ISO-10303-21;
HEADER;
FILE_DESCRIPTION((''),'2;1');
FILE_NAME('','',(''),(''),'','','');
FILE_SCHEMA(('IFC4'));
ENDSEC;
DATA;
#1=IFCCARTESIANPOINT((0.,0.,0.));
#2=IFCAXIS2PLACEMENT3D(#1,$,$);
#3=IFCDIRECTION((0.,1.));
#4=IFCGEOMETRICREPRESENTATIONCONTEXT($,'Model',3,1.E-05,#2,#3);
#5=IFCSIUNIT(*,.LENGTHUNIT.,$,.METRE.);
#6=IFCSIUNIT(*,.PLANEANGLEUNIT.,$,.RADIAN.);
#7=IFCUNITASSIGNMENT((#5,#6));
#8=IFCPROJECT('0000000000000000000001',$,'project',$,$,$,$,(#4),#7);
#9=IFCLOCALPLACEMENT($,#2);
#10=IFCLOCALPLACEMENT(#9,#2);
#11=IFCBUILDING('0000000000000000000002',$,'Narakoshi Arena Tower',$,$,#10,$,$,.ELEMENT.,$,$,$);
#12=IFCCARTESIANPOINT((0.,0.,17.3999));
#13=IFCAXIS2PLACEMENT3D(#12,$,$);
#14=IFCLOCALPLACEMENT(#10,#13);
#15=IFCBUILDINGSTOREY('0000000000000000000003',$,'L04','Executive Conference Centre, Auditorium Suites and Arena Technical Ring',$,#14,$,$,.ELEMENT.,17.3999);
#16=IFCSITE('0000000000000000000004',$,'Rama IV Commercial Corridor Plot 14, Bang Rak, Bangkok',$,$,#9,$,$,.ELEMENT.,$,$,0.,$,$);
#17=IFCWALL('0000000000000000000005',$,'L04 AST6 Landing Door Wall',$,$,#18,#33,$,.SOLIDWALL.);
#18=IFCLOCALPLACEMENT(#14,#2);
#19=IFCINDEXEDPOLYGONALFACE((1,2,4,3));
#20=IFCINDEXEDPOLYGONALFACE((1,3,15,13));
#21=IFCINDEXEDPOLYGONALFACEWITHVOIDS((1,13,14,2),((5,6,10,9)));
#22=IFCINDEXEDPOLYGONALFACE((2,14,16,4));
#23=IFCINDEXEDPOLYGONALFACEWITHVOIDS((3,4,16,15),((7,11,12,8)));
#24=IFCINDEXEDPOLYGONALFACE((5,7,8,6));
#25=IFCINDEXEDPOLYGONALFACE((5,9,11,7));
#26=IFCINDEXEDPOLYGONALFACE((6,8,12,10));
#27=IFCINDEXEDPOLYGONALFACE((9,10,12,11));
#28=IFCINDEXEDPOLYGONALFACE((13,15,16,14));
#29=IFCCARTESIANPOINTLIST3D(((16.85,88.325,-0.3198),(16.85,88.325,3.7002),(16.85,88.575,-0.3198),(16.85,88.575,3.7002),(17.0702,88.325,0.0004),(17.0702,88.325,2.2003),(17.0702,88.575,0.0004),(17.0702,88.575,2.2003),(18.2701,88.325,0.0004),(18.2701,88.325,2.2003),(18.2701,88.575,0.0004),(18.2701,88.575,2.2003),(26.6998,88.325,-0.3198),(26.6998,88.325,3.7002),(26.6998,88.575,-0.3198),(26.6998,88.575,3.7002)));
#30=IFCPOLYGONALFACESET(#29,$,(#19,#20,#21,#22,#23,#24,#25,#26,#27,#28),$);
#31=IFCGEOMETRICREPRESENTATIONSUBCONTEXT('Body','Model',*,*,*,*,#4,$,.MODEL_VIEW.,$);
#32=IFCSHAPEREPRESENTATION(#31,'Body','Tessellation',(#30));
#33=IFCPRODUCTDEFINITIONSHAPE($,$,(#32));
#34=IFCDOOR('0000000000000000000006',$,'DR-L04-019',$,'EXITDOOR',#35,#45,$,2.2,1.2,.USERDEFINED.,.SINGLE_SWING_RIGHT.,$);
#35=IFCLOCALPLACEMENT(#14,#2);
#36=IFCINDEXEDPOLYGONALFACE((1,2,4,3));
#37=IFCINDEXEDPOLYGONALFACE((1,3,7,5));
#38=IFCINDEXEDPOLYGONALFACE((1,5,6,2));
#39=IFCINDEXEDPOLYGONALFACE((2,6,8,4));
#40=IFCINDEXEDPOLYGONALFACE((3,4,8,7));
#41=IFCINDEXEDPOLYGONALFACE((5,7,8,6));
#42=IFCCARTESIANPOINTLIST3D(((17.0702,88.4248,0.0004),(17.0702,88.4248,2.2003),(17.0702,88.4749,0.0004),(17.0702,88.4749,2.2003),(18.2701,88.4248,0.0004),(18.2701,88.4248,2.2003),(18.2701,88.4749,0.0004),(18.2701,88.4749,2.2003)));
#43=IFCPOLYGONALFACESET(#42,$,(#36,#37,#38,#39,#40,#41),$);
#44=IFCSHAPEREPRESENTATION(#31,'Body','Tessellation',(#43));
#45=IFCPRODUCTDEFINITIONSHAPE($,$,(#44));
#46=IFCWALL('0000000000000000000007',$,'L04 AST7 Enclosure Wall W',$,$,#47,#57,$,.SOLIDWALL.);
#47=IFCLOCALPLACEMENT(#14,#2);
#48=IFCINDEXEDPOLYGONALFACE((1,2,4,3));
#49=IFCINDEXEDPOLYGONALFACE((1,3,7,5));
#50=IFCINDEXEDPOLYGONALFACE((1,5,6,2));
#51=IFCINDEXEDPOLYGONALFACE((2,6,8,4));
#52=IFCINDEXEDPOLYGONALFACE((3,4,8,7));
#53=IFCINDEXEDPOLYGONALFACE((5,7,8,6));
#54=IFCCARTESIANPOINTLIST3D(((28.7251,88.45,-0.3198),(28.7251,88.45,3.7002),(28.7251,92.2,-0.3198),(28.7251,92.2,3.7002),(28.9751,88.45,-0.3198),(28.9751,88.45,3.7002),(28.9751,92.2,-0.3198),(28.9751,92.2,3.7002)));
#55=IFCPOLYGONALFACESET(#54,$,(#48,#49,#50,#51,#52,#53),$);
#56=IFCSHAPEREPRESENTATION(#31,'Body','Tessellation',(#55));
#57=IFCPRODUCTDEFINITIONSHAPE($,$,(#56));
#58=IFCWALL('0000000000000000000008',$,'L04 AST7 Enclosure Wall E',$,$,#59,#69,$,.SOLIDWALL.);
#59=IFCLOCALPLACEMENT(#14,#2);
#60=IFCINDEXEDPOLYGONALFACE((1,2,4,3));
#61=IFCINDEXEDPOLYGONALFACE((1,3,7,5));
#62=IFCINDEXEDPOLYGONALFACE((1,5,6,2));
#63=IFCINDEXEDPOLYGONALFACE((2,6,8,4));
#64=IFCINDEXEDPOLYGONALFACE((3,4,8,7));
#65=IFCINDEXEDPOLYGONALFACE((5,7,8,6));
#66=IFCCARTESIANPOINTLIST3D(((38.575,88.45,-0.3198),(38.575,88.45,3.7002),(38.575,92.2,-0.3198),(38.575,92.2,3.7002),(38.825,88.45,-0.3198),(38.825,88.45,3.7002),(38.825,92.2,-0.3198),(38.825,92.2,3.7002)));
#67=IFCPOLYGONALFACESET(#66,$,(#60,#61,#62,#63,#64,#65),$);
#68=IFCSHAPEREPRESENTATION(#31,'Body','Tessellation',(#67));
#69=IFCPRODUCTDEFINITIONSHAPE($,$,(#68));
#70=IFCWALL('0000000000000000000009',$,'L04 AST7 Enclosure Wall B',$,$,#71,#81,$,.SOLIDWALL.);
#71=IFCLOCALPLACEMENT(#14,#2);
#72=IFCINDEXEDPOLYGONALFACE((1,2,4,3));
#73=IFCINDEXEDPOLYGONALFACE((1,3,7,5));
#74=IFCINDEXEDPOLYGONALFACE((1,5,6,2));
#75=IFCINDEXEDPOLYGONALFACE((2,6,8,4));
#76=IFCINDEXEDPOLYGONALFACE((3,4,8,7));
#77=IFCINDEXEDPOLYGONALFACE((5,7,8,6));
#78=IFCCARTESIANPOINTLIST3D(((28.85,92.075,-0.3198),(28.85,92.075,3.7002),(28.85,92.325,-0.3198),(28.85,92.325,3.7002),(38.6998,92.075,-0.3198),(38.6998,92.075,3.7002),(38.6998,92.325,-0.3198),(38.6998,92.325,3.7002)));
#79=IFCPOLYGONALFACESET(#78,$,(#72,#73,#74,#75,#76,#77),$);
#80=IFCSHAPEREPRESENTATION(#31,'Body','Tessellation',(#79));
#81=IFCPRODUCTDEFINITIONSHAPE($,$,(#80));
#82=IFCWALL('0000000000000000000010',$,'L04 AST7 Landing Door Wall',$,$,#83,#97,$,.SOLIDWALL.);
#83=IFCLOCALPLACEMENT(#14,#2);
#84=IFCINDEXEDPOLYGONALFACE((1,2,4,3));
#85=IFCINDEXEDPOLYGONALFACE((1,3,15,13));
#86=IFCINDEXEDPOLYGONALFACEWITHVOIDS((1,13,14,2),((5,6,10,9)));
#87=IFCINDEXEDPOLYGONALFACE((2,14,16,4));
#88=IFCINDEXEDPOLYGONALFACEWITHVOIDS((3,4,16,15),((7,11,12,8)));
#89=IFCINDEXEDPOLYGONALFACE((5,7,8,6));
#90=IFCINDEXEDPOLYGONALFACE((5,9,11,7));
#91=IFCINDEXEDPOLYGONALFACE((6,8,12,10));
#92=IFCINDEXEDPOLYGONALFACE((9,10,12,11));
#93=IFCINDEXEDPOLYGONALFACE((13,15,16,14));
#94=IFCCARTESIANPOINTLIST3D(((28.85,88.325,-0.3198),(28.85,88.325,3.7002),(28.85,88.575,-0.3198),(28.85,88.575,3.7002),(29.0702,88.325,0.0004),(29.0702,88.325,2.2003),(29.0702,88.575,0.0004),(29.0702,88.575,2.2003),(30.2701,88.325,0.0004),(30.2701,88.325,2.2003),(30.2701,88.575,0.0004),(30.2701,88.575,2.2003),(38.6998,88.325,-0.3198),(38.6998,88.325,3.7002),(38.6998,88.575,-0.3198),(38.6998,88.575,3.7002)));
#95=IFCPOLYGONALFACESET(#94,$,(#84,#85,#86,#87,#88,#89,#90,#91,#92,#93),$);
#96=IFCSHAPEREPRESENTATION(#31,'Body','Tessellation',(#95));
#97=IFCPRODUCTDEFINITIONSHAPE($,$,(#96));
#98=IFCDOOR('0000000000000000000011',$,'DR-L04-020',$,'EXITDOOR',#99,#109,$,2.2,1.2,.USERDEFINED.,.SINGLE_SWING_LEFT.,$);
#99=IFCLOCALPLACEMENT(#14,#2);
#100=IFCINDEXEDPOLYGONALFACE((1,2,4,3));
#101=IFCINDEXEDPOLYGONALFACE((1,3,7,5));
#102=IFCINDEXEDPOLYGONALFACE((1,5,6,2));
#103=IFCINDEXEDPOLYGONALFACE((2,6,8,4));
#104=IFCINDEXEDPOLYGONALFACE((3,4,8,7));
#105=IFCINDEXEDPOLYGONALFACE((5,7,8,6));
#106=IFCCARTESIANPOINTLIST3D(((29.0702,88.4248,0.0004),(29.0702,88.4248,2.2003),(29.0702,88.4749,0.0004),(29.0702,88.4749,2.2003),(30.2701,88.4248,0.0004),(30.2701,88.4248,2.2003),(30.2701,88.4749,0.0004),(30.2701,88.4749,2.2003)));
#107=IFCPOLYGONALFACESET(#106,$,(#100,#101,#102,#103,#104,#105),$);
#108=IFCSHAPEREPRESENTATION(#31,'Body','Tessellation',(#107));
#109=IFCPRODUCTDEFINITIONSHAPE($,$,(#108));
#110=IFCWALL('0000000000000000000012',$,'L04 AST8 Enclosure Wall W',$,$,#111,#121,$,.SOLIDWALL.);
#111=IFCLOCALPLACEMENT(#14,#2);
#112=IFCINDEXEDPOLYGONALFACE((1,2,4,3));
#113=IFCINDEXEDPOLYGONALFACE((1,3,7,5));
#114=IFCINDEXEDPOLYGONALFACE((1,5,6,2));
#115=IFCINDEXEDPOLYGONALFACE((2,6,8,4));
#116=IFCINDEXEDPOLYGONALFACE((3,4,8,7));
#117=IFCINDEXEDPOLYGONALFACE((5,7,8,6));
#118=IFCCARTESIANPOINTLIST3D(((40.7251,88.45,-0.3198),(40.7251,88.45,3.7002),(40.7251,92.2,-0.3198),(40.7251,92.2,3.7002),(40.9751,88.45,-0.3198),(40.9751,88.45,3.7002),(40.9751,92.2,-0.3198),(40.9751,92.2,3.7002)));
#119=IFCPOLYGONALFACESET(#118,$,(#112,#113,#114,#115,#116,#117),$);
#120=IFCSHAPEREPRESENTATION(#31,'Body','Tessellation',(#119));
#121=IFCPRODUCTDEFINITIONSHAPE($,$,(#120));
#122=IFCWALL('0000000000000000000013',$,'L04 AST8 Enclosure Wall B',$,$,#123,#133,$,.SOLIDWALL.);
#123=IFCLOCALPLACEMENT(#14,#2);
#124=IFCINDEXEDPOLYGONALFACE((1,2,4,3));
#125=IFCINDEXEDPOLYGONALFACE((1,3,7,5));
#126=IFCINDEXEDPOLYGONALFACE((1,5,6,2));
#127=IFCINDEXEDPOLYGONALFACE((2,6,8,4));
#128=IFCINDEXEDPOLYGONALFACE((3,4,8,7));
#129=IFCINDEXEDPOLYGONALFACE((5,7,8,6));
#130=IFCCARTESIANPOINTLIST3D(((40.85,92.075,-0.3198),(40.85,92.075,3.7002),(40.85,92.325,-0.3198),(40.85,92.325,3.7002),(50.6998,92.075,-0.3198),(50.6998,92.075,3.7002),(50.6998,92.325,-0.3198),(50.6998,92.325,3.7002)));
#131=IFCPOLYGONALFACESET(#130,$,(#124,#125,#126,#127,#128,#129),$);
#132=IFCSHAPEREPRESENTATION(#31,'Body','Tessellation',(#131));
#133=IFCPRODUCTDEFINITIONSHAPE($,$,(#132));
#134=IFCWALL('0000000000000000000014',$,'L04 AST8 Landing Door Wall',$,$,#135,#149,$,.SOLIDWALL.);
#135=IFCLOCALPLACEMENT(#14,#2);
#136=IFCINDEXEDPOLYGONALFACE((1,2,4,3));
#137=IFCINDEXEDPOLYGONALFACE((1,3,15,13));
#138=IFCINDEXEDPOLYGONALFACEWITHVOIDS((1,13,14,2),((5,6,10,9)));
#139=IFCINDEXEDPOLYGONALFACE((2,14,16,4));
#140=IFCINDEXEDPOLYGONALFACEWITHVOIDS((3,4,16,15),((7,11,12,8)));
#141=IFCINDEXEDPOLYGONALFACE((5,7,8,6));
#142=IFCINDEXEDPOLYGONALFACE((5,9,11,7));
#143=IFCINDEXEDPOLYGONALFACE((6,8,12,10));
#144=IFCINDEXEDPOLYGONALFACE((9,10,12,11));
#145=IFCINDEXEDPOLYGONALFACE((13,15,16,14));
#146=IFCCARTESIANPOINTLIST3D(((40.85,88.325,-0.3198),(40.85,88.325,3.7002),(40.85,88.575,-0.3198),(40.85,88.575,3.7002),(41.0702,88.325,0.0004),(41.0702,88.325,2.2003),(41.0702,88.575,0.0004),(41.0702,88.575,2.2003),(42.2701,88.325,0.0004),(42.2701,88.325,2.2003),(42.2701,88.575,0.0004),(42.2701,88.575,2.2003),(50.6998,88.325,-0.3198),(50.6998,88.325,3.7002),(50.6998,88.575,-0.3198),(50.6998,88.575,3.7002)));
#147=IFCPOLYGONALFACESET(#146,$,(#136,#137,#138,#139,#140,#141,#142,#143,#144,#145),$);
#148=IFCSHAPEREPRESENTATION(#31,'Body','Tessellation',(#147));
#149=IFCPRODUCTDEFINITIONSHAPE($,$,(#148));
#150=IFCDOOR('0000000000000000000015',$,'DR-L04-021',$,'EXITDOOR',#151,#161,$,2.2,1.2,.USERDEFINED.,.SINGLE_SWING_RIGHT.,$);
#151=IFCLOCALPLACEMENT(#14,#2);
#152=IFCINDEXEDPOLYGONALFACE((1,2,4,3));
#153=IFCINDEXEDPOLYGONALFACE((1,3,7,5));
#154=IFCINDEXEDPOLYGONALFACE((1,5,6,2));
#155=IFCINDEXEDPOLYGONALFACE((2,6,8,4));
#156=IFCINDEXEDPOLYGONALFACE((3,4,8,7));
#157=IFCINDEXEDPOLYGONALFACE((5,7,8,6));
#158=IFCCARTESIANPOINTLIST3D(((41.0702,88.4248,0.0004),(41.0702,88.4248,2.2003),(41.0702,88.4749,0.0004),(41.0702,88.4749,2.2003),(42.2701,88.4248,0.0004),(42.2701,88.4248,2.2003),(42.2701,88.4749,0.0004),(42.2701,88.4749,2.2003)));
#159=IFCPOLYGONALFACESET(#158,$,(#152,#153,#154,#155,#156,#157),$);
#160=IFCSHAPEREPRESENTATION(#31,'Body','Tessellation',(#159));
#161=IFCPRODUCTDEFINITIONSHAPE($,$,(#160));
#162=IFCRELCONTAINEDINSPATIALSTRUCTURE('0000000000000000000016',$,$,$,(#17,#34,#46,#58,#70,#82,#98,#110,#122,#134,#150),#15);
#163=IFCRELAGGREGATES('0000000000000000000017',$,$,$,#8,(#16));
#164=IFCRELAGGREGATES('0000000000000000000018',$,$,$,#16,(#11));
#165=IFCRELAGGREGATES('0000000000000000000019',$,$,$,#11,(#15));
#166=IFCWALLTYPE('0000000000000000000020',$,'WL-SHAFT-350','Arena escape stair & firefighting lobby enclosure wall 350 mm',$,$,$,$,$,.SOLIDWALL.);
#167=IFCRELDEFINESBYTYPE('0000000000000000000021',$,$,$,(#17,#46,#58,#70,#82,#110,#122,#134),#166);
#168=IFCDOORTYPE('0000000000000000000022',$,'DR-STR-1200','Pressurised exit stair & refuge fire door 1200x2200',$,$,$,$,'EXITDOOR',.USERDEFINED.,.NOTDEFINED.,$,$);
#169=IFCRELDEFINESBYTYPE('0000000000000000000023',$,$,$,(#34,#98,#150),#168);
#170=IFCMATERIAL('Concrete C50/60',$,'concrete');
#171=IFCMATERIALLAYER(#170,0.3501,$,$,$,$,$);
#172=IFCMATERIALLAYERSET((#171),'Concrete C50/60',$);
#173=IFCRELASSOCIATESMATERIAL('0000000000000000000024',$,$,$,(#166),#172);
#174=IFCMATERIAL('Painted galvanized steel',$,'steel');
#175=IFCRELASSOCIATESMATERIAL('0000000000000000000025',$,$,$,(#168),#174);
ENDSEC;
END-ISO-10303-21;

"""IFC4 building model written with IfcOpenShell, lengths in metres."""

from ifc_helpers import new_model, si_unit, direction, frame, frame_2d, origin, place, context, subcontext, project, spatial, rectangle, extrude, material, layer, layer_set, type_object, element, fill, save


model = new_model("IFC4")

# Units and contexts
model_context = context("Model", 3, precision=1e-05, world=origin(), true_north=direction((0.0, 1.0)))
body_context = subcontext(model_context, "Body", "Model", "MODEL_VIEW")
ifc_project = project(units=[si_unit("LENGTHUNIT", "METRE"), si_unit("PLANEANGLEUNIT", "RADIAN")], contexts=[model_context])

# Site, building, storey
site_placement = place(None, origin())
site = spatial("IfcSite", under=ifc_project, at=site_placement, Name="Rama IV Commercial Corridor Plot 14, Bang Rak, Bangkok", CompositionType="ELEMENT", RefElevation=0.0)
building_placement = place(site_placement, origin())
building = spatial("IfcBuilding", under=site, at=building_placement, Name="Narakoshi Arena Tower", CompositionType="ELEMENT")
storey_placement = place(building_placement, frame((0.0, 0.0, 17.3999)))
storey = spatial("IfcBuildingStorey", under=building, at=storey_placement, Name="L04", Description="Executive Conference Centre, Auditorium Suites and Arena Technical Ring", CompositionType="ELEMENT", Elevation=17.3999)

# Shared definitions
ifc_material_1 = material(Name="Concrete C50/60", Category="concrete")
ifc_layer_1 = layer(ifc_material_1, 0.3501)
ifc_layer_set_1 = layer_set([ifc_layer_1], Name="Concrete C50/60")
wall_type_1 = type_object("IfcWallType", Name="WL-SHAFT-350", Description="Arena escape stair & firefighting lobby enclosure wall 350 mm", PredefinedType="SOLIDWALL", material=ifc_layer_set_1)

# Shared definitions
ifc_material_2 = material(Name="Painted galvanized steel", Category="steel")
door_type = type_object("IfcDoorType", Name="DR-STR-1200", Description="Pressurised exit stair & refuge fire door 1200x2200", ElementType="EXITDOOR", OperationType="NOTDEFINED", PredefinedType="USERDEFINED", material=ifc_material_2)

# Wall, opening, door
wall_1_placement = place(storey_placement, frame((16.8501, 88.45, -0.3198), z_axis=(0.0, 0.0, 1.0), x_axis=(1.0, 0.0, 0.0)))
wall_1 = element("IfcWall", 1, at=wall_1_placement, inside=storey, type_object=wall_type_1, Name="L04 AST6 Landing Door Wall", PredefinedType="SOLIDWALL", context=body_context, shape_type="SweptSolid", body=[
    extrude(rectangle(XDim=9.8499, YDim=0.25, at=frame_2d((4.9248, 0.0))), origin(), (0.0, 0.0, 1.0), 4.02),
])
opening_1_placement = place(wall_1_placement, frame((0.22, 0.0, 0.3201)))
opening_1 = element("IfcOpeningElement", 2, at=opening_1_placement, cuts=wall_1, PredefinedType="OPENING", context=body_context, shape_type="SweptSolid", body=[
    extrude(rectangle(XDim=1.2, YDim=2.2, at=frame_2d((0.6001, 1.1001))), frame((0.0, 0.135, 0.0), z_axis=(0.0, -1.0, 0.0), x_axis=(1.0, 0.0, 0.0)), (0.0, 0.0, 1.0), 0.27),
])
door_1_placement = place(opening_1_placement, origin())
door_1 = element("IfcDoor", 3, at=door_1_placement, inside=storey, type_object=door_type, Name="DR-L04-019", ObjectType="EXITDOOR", OperationType="SINGLE_SWING_RIGHT", OverallHeight=2.2, OverallWidth=1.2, PredefinedType="USERDEFINED", context=body_context, shape_type="SweptSolid", body=[
    extrude(rectangle(XDim=1.2, YDim=2.2, at=frame_2d((0.6001, 1.1001))), frame((0.0, 0.0249, 0.0), z_axis=(0.0, -1.0, 0.0), x_axis=(1.0, 0.0, 0.0)), (0.0, 0.0, 1.0), 0.05),
])
fill(opening_1, door_1)

# Walls
for number, where, z_axis, x_axis, name in (
    (4, (28.8501, 88.45, -0.3198), (0.0, 0.0, 1.0), (0.0, 1.0, 0.0), "L04 AST7 Enclosure Wall W"),
    (5, (38.7, 88.45, -0.3198), (0.0, 0.0, 1.0), (0.0, 1.0, 0.0), "L04 AST7 Enclosure Wall E"),
):
    element("IfcWall", number, at=place(storey_placement, frame(where, z_axis=z_axis, x_axis=x_axis)), inside=storey, type_object=wall_type_1, Name=name, PredefinedType="SOLIDWALL", context=body_context, shape_type="SweptSolid", body=[
        extrude(rectangle(XDim=3.75, YDim=0.25, at=frame_2d((1.875, 0.0))), origin(), (0.0, 0.0, 1.0), 4.02),
    ])
wall_2_placement = place(storey_placement, frame((28.8501, 92.2, -0.3198), z_axis=(0.0, 0.0, 1.0), x_axis=(1.0, 0.0, 0.0)))
element("IfcWall", 6, at=wall_2_placement, inside=storey, type_object=wall_type_1, Name="L04 AST7 Enclosure Wall B", PredefinedType="SOLIDWALL", context=body_context, shape_type="SweptSolid", body=[
    extrude(rectangle(XDim=9.8499, YDim=0.25, at=frame_2d((4.9248, 0.0))), origin(), (0.0, 0.0, 1.0), 4.02),
])

# Wall, opening, door
wall_3_placement = place(storey_placement, frame((28.8501, 88.45, -0.3198), z_axis=(0.0, 0.0, 1.0), x_axis=(1.0, 0.0, 0.0)))
wall_3 = element("IfcWall", 7, at=wall_3_placement, inside=storey, type_object=wall_type_1, Name="L04 AST7 Landing Door Wall", PredefinedType="SOLIDWALL", context=body_context, shape_type="SweptSolid", body=[
    extrude(rectangle(XDim=9.8499, YDim=0.25, at=frame_2d((4.9248, 0.0))), origin(), (0.0, 0.0, 1.0), 4.02),
])
opening_2_placement = place(wall_3_placement, frame((0.22, 0.0, 0.3201)))
opening_2 = element("IfcOpeningElement", 8, at=opening_2_placement, cuts=wall_3, PredefinedType="OPENING", context=body_context, shape_type="SweptSolid", body=[
    extrude(rectangle(XDim=1.2, YDim=2.2, at=frame_2d((0.6001, 1.1001))), frame((0.0, 0.135, 0.0), z_axis=(0.0, -1.0, 0.0), x_axis=(1.0, 0.0, 0.0)), (0.0, 0.0, 1.0), 0.27),
])
door_2_placement = place(opening_2_placement, origin())
door_2 = element("IfcDoor", 9, at=door_2_placement, inside=storey, type_object=door_type, Name="DR-L04-020", ObjectType="EXITDOOR", OperationType="SINGLE_SWING_LEFT", OverallHeight=2.2, OverallWidth=1.2, PredefinedType="USERDEFINED", context=body_context, shape_type="SweptSolid", body=[
    extrude(rectangle(XDim=1.2, YDim=2.2, at=frame_2d((0.6001, 1.1001))), frame((0.0, 0.0249, 0.0), z_axis=(0.0, -1.0, 0.0), x_axis=(1.0, 0.0, 0.0)), (0.0, 0.0, 1.0), 0.05),
])
fill(opening_2, door_2)

# Walls
wall_4_placement = place(storey_placement, frame((40.8501, 88.45, -0.3198), z_axis=(0.0, 0.0, 1.0), x_axis=(0.0, 1.0, 0.0)))
element("IfcWall", 10, at=wall_4_placement, inside=storey, type_object=wall_type_1, Name="L04 AST8 Enclosure Wall W", PredefinedType="SOLIDWALL", context=body_context, shape_type="SweptSolid", body=[
    extrude(rectangle(XDim=3.75, YDim=0.25, at=frame_2d((1.875, 0.0))), origin(), (0.0, 0.0, 1.0), 4.02),
])
wall_5_placement = place(storey_placement, frame((40.8501, 92.2, -0.3198), z_axis=(0.0, 0.0, 1.0), x_axis=(1.0, 0.0, 0.0)))
element("IfcWall", 11, at=wall_5_placement, inside=storey, type_object=wall_type_1, Name="L04 AST8 Enclosure Wall B", PredefinedType="SOLIDWALL", context=body_context, shape_type="SweptSolid", body=[
    extrude(rectangle(XDim=9.8499, YDim=0.25, at=frame_2d((4.9248, 0.0))), origin(), (0.0, 0.0, 1.0), 4.02),
])

# Wall, opening, door
wall_6_placement = place(storey_placement, frame((40.8501, 88.45, -0.3198), z_axis=(0.0, 0.0, 1.0), x_axis=(1.0, 0.0, 0.0)))
wall_6 = element("IfcWall", 12, at=wall_6_placement, inside=storey, type_object=wall_type_1, Name="L04 AST8 Landing Door Wall", PredefinedType="SOLIDWALL", context=body_context, shape_type="SweptSolid", body=[
    extrude(rectangle(XDim=9.8499, YDim=0.25, at=frame_2d((4.9248, 0.0))), origin(), (0.0, 0.0, 1.0), 4.02),
])
opening_3_placement = place(wall_6_placement, frame((0.22, 0.0, 0.3201)))
opening_3 = element("IfcOpeningElement", 13, at=opening_3_placement, cuts=wall_6, PredefinedType="OPENING", context=body_context, shape_type="SweptSolid", body=[
    extrude(rectangle(XDim=1.2, YDim=2.2, at=frame_2d((0.6001, 1.1001))), frame((0.0, 0.135, 0.0), z_axis=(0.0, -1.0, 0.0), x_axis=(1.0, 0.0, 0.0)), (0.0, 0.0, 1.0), 0.27),
])
door_3_placement = place(opening_3_placement, origin())
door_3 = element("IfcDoor", 14, at=door_3_placement, inside=storey, type_object=door_type, Name="DR-L04-021", ObjectType="EXITDOOR", OperationType="SINGLE_SWING_RIGHT", OverallHeight=2.2, OverallWidth=1.2, PredefinedType="USERDEFINED", context=body_context, shape_type="SweptSolid", body=[
    extrude(rectangle(XDim=1.2, YDim=2.2, at=frame_2d((0.6001, 1.1001))), frame((0.0, 0.0249, 0.0), z_axis=(0.0, -1.0, 0.0), x_axis=(1.0, 0.0, 0.0)), (0.0, 0.0, 1.0), 0.05),
])
fill(opening_3, door_3)

save(model, "model.ifc")
